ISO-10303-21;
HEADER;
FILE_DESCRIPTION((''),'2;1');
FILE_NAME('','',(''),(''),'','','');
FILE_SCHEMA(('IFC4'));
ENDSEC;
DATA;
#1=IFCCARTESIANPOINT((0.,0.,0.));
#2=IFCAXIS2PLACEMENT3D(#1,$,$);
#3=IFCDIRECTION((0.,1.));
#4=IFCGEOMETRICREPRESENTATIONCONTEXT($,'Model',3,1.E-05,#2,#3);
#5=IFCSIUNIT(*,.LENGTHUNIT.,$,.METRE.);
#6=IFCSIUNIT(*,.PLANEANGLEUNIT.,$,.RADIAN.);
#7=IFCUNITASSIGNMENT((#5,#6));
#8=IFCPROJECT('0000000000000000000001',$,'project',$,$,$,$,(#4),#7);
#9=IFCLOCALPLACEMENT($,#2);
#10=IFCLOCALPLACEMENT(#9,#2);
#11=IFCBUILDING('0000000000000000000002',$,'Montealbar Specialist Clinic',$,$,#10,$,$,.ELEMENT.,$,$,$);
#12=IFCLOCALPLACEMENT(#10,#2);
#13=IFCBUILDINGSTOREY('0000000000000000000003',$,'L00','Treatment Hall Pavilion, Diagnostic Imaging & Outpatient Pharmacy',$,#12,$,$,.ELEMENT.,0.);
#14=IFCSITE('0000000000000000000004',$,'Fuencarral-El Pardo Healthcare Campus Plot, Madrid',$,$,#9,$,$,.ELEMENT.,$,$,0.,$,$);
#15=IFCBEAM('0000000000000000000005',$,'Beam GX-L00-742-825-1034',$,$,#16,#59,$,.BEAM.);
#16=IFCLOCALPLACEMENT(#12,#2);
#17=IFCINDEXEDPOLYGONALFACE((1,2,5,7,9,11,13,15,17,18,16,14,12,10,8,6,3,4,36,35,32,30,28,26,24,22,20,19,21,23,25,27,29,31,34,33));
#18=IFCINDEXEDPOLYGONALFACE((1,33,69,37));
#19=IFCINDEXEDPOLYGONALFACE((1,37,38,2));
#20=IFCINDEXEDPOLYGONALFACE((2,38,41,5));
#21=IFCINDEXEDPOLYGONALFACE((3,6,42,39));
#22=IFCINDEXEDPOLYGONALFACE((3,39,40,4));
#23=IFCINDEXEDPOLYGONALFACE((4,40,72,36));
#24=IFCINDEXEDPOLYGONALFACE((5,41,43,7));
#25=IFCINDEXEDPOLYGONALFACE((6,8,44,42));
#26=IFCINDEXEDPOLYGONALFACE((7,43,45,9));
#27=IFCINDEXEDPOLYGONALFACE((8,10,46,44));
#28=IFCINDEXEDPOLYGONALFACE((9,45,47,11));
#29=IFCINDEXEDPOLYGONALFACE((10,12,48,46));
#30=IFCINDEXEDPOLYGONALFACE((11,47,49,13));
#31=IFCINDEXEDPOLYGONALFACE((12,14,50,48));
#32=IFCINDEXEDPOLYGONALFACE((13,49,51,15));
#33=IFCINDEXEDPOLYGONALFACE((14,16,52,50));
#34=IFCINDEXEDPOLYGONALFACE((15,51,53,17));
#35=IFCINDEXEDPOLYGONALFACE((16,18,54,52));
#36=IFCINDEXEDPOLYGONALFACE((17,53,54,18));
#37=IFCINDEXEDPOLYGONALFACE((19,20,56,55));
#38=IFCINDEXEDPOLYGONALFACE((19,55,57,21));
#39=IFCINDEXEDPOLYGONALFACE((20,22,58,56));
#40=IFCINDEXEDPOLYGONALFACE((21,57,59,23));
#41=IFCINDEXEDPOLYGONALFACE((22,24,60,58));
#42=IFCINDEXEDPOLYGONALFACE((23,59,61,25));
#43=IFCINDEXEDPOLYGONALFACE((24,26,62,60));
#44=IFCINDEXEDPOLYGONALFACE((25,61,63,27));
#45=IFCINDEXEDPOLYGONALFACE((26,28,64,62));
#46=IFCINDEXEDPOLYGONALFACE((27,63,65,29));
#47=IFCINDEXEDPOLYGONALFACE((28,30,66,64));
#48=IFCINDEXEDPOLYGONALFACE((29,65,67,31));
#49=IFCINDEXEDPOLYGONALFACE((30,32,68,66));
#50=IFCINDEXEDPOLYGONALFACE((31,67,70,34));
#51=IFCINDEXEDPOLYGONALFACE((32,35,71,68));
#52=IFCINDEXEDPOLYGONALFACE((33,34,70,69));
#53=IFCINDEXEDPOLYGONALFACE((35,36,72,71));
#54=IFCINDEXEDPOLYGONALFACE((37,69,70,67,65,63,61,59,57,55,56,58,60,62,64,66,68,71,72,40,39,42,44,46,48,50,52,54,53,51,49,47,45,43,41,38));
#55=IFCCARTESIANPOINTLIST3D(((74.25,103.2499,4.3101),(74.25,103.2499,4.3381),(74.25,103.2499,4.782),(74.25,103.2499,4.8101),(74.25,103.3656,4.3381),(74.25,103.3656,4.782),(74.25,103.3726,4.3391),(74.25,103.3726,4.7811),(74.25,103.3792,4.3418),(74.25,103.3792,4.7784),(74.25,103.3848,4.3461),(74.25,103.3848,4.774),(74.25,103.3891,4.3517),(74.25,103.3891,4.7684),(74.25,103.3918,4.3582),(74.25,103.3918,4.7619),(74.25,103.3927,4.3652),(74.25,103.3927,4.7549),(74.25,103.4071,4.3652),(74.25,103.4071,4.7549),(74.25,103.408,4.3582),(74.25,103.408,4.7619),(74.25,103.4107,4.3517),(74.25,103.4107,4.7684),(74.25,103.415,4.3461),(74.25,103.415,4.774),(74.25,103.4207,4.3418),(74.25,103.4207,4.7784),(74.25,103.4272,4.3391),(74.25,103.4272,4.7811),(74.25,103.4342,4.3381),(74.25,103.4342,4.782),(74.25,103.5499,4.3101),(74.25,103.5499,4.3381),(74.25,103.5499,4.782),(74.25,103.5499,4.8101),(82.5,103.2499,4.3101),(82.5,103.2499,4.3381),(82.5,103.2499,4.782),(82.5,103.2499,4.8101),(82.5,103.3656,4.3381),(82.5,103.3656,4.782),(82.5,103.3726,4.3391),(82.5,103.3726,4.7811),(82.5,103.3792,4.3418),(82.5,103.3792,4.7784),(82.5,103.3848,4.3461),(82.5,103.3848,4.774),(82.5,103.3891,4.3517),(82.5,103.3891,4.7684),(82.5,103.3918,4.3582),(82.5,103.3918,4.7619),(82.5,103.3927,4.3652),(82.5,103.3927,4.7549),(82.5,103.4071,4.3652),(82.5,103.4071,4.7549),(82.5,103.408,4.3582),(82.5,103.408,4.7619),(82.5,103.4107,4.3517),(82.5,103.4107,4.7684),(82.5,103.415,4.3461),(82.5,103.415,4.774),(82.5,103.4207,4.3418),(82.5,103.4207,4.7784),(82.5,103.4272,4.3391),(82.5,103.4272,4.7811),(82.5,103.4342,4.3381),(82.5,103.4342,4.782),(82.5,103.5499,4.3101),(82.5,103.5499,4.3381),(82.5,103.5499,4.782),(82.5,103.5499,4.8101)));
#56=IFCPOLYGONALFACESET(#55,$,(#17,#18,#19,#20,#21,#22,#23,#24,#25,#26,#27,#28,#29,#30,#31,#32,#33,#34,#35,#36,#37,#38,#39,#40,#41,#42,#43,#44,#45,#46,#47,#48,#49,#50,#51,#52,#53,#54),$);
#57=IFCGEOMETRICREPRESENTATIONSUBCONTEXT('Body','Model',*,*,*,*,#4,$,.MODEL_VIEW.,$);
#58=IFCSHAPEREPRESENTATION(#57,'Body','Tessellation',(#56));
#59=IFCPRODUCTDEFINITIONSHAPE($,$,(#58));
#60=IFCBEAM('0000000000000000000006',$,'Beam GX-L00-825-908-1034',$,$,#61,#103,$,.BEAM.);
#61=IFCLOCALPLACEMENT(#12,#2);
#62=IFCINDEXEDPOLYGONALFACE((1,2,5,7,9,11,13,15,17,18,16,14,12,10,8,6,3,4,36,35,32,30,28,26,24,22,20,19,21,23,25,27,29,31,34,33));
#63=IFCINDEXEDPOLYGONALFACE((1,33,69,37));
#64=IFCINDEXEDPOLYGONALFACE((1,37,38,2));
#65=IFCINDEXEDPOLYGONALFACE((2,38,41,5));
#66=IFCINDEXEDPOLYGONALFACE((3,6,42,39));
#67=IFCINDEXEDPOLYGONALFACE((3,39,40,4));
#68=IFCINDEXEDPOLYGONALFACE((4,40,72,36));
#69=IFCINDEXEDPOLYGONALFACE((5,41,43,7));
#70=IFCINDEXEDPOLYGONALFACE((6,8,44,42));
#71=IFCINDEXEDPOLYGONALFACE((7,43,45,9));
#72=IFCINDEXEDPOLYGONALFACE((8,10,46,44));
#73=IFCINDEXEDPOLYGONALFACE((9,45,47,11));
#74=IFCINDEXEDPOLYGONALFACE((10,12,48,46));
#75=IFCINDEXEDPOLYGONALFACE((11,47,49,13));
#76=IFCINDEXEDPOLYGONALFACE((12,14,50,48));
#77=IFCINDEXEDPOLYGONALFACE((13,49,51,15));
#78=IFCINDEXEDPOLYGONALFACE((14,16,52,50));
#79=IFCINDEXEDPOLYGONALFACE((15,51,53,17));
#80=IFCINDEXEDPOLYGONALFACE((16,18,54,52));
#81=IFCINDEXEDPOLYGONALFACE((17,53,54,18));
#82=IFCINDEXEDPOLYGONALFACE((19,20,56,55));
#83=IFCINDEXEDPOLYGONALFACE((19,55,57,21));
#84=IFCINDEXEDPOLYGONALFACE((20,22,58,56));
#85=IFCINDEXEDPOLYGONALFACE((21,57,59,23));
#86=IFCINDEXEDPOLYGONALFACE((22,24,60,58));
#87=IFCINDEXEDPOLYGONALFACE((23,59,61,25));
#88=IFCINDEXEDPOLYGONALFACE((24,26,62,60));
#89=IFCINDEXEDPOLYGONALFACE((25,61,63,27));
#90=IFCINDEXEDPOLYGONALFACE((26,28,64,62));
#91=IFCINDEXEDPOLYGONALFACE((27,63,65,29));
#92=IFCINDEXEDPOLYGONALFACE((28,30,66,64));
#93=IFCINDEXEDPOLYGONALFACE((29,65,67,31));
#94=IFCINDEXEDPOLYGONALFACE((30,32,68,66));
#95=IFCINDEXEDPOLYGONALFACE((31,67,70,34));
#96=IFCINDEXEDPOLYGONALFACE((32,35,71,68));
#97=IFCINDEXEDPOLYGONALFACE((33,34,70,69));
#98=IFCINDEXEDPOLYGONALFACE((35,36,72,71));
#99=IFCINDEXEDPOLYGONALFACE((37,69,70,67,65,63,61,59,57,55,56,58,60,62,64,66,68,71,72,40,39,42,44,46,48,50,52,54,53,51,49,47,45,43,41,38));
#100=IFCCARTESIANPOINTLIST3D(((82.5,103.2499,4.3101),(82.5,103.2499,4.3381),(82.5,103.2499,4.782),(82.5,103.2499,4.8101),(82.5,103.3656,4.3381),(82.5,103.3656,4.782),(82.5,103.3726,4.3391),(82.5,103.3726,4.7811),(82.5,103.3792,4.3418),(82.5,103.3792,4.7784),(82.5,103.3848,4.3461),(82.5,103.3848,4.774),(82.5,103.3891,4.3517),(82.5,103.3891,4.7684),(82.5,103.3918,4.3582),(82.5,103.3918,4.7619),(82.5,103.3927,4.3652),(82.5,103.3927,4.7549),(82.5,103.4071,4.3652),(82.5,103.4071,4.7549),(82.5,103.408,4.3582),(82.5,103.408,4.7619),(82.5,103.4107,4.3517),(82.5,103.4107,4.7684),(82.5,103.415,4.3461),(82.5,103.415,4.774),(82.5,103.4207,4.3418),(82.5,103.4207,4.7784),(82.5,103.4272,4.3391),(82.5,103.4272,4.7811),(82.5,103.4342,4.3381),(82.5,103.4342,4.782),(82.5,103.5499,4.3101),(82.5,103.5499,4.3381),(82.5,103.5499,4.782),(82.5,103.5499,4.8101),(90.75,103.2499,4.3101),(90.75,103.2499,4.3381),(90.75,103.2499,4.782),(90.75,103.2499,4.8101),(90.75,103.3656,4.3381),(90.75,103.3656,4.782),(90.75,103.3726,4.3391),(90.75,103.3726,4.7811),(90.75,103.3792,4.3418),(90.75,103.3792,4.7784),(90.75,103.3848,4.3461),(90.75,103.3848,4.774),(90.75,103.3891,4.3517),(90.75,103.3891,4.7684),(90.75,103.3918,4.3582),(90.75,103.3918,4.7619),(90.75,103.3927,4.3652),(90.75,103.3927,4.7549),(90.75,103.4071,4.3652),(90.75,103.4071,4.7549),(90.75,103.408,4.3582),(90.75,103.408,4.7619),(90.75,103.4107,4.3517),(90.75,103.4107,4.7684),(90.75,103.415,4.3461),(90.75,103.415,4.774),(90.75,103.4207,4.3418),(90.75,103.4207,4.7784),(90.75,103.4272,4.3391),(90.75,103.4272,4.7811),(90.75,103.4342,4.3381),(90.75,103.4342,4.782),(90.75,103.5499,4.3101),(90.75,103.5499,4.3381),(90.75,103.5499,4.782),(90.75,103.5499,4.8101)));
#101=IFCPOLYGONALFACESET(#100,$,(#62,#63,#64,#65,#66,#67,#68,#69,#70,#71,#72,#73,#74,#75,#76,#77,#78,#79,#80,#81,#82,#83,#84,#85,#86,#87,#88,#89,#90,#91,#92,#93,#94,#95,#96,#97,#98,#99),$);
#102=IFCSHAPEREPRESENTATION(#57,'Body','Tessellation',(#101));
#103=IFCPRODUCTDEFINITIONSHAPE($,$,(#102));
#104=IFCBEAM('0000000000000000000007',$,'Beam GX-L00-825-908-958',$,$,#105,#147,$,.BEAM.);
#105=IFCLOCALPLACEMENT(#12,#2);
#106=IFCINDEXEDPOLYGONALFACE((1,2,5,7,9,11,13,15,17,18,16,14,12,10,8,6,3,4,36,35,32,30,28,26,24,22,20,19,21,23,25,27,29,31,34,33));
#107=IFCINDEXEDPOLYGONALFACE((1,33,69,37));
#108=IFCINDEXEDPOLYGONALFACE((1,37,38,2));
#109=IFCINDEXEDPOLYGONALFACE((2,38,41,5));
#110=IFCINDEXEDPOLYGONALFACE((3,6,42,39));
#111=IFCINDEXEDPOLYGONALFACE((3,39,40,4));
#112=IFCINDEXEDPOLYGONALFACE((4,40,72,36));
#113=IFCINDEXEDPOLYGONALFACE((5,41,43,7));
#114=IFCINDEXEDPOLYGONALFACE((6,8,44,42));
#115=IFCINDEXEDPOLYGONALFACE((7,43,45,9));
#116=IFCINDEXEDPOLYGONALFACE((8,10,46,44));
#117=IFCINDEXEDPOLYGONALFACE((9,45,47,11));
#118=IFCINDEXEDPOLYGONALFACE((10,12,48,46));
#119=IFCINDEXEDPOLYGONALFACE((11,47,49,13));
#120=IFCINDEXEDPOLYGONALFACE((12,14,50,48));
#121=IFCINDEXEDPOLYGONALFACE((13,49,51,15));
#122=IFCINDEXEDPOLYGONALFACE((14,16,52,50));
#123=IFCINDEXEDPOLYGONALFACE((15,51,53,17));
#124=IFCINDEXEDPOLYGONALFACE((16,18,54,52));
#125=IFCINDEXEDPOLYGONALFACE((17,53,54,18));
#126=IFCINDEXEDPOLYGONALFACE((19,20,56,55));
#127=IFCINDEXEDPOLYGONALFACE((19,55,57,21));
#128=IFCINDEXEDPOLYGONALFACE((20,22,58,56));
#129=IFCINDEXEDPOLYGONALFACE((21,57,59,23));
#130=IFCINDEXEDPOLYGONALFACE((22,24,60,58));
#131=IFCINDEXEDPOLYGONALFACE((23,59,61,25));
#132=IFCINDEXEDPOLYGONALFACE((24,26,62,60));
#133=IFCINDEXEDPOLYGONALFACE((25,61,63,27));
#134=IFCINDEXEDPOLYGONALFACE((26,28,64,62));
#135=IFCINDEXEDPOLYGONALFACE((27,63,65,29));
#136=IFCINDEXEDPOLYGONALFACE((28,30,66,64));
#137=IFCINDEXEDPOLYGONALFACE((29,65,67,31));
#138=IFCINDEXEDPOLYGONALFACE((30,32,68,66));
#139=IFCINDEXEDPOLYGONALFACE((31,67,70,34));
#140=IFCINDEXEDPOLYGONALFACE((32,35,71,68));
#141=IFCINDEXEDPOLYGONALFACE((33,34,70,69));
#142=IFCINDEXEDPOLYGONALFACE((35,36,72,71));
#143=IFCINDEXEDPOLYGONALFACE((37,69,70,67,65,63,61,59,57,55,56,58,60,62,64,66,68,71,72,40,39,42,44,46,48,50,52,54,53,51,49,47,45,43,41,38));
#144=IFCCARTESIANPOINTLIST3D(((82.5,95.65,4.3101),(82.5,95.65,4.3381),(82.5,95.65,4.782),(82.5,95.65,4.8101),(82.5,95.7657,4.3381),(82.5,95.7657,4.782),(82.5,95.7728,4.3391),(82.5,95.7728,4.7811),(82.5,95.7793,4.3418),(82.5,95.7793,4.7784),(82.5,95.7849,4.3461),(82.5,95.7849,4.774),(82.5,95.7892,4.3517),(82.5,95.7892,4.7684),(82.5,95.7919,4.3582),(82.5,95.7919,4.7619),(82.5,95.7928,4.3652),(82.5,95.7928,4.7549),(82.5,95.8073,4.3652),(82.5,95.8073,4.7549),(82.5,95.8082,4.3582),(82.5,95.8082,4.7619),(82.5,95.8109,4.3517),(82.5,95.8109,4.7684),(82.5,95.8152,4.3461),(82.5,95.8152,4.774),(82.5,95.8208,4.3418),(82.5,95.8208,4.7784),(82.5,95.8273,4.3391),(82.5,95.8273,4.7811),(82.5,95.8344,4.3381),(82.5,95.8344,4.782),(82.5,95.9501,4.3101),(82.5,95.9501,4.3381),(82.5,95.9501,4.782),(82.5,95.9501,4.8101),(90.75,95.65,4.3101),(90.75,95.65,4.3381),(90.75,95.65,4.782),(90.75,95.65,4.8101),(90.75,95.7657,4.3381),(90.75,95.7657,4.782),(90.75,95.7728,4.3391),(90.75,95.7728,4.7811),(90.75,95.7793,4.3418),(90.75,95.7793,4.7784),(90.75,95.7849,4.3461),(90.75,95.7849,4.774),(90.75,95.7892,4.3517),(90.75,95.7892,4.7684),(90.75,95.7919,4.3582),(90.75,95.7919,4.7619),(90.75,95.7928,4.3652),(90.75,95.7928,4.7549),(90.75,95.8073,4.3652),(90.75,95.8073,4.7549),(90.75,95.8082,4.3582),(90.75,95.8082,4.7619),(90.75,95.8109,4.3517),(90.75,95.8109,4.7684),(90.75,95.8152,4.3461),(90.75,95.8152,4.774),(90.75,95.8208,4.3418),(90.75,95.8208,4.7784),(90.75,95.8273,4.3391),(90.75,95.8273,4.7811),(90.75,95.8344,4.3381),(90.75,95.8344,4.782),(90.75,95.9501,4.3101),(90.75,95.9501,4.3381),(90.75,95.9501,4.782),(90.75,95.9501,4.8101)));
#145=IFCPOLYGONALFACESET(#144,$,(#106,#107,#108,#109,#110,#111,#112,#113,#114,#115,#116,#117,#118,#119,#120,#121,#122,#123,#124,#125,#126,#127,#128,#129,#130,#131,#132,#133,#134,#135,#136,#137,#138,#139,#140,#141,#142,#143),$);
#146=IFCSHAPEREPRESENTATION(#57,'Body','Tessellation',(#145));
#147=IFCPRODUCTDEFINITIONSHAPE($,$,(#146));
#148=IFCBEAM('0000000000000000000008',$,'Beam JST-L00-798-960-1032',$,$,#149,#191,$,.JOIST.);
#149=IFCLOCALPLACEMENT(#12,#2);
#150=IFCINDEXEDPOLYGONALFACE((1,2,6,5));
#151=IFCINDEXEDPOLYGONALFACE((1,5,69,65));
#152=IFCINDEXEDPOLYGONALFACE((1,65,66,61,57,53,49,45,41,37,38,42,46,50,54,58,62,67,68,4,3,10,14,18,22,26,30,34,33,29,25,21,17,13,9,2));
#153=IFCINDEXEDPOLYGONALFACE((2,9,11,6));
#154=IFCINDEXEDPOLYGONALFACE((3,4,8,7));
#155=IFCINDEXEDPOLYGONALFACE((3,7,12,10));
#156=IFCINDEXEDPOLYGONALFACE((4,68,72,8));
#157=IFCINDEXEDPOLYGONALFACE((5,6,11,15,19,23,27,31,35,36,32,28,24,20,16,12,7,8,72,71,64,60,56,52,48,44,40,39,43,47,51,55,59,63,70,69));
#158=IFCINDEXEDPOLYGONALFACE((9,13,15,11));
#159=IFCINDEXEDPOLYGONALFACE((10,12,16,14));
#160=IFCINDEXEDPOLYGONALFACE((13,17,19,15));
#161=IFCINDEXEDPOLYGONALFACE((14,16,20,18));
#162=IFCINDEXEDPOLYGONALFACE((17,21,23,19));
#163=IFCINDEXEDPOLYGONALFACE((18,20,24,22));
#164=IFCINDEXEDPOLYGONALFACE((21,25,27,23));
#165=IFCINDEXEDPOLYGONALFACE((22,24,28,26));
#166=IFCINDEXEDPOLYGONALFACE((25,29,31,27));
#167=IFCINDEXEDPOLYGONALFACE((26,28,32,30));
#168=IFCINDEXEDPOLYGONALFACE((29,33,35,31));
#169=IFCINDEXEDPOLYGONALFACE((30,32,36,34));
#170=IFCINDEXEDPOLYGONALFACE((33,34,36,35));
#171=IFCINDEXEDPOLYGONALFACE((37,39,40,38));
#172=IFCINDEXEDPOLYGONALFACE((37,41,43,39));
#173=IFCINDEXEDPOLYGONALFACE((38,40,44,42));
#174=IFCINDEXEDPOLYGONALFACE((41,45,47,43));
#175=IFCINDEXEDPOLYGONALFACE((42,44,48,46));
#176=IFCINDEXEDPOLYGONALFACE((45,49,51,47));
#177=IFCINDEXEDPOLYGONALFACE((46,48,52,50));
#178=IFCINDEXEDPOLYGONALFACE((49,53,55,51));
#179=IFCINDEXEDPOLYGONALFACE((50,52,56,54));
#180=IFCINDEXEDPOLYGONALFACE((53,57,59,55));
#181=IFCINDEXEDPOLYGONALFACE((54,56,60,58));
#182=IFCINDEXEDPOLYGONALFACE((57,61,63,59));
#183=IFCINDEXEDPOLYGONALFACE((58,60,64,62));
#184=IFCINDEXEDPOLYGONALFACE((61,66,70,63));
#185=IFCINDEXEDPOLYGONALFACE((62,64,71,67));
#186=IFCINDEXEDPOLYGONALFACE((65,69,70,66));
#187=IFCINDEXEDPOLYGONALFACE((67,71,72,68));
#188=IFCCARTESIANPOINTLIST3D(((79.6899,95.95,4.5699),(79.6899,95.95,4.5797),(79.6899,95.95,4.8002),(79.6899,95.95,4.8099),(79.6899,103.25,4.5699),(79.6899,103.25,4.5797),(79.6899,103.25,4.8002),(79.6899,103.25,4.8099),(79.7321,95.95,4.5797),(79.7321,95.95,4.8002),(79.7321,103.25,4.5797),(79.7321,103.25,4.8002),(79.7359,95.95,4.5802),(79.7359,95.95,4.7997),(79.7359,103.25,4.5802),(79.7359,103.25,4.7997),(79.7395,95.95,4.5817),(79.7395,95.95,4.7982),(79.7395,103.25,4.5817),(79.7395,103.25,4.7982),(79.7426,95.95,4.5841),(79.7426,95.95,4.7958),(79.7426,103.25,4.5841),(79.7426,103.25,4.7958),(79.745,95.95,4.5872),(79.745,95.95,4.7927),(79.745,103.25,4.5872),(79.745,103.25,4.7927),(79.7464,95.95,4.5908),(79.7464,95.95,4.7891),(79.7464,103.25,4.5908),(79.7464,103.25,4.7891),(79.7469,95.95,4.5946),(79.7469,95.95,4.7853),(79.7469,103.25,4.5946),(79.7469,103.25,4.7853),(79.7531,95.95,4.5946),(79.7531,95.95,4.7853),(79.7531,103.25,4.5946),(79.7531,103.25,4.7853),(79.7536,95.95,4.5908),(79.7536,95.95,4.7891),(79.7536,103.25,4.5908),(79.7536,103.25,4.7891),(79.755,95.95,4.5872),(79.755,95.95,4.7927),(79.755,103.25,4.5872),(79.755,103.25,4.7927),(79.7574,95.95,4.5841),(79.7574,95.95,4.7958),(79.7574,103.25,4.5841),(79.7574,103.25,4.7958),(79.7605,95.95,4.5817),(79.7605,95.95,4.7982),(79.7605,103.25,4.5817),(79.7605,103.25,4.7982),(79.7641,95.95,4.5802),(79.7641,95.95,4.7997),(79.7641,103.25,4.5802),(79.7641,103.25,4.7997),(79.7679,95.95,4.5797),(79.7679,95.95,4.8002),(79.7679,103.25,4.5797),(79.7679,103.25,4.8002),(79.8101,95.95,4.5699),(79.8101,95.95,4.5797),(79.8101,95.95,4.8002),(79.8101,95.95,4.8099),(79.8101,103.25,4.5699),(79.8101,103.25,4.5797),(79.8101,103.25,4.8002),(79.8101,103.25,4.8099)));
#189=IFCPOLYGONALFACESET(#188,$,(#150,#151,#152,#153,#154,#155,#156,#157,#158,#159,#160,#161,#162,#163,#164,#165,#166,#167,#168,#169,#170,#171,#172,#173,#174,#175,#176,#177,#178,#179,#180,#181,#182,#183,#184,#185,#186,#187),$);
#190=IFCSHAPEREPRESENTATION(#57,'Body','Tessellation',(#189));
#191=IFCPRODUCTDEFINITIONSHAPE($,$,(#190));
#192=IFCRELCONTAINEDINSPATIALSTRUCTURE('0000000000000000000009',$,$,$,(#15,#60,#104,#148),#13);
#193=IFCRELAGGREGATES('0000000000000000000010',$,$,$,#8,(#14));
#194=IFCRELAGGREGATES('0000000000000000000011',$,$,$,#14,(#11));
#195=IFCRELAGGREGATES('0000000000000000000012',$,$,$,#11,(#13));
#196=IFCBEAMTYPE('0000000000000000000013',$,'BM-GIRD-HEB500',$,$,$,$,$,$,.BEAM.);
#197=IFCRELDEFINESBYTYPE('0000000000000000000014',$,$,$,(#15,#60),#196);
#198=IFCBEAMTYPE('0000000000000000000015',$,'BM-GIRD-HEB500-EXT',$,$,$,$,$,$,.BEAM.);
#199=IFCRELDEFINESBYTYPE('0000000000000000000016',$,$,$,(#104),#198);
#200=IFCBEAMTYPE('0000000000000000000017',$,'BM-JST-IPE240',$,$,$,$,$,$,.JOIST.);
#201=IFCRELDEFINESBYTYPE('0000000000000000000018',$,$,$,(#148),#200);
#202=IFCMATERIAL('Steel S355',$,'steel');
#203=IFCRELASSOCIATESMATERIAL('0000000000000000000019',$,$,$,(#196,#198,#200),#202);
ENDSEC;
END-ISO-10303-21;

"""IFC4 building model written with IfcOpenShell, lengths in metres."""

from ifc_helpers import new_model, si_unit, direction, frame, origin, origin_2d, place, context, subcontext, project, spatial, i_section, extrude, material, material_profile, profile_set, type_object, element, save


model = new_model("IFC4")

# Units and contexts
model_context = context("Model", 3, precision=1e-05, world=origin(), true_north=direction((0.0, 1.0)))
body_context = subcontext(model_context, "Body", "Model", "MODEL_VIEW")
ifc_project = project(units=[si_unit("LENGTHUNIT", "METRE"), si_unit("PLANEANGLEUNIT", "RADIAN")], contexts=[model_context])

# Site, building, storey
site_placement = place(None, origin())
site = spatial("IfcSite", under=ifc_project, at=site_placement, Name="Fuencarral-El Pardo Healthcare Campus Plot, Madrid", CompositionType="ELEMENT", RefElevation=0.0)
building_placement = place(site_placement, origin())
building = spatial("IfcBuilding", under=site, at=building_placement, Name="Montealbar Specialist Clinic", CompositionType="ELEMENT")
storey_placement = place(building_placement, origin())
storey = spatial("IfcBuildingStorey", under=building, at=storey_placement, Name="L00", Description="Treatment Hall Pavilion, Diagnostic Imaging & Outpatient Pharmacy", CompositionType="ELEMENT", Elevation=0.0)

# Shared definitions
ifc_material_1 = material(Name="Steel S355", Category="steel")

# Beams
ifc_material_profile_1 = material_profile(ifc_material_1, i_section(OverallWidth=0.3, OverallDepth=0.5, WebThickness=0.0144, FlangeThickness=0.0281, FilletRadius=0.0271, at=origin_2d()), Name="HEB 500", Category="steel")
ifc_profile_set_1 = profile_set([ifc_material_profile_1], Name="Steel S355")
beam_type_1 = type_object("IfcBeamType", Name="BM-GIRD-HEB500", PredefinedType="BEAM", material=ifc_profile_set_1)
for number, where, z_axis, x_axis, name in (
    (1, (74.25, 103.3999, 4.5601), (1.0, 0.0, 0.0), (0.0, 1.0, 0.0), "Beam GX-L00-742-825-1034"),
    (2, (82.5, 103.3999, 4.5601), (1.0, 0.0, 0.0), (0.0, 1.0, 0.0), "Beam GX-L00-825-908-1034"),
):
    element("IfcBeam", number, at=place(storey_placement, frame(where, z_axis=z_axis, x_axis=x_axis)), inside=storey, type_object=beam_type_1, Name=name, PredefinedType="BEAM", context=body_context, shape_type="SweptSolid", body=[
        extrude(i_section(OverallWidth=0.3, OverallDepth=0.5, WebThickness=0.0144, FlangeThickness=0.0281, FilletRadius=0.0271, at=origin_2d()), origin(), (0.0, 0.0, 1.0), 8.25),
    ])
ifc_material_profile_2 = material_profile(ifc_material_1, i_section(OverallWidth=0.3, OverallDepth=0.5, WebThickness=0.0144, FlangeThickness=0.0281, FilletRadius=0.0271, at=origin_2d()), Name="HEB 500", Category="steel")
ifc_profile_set_2 = profile_set([ifc_material_profile_2], Name="Steel S355")
beam_type_2 = type_object("IfcBeamType", Name="BM-GIRD-HEB500-EXT", PredefinedType="BEAM", material=ifc_profile_set_2)
beam_1_placement = place(storey_placement, frame((82.5, 95.8, 4.5601), z_axis=(1.0, 0.0, 0.0), x_axis=(0.0, 1.0, 0.0)))
element("IfcBeam", 3, at=beam_1_placement, inside=storey, type_object=beam_type_2, Name="Beam GX-L00-825-908-958", PredefinedType="BEAM", context=body_context, shape_type="SweptSolid", body=[
    extrude(i_section(OverallWidth=0.3, OverallDepth=0.5, WebThickness=0.0144, FlangeThickness=0.0281, FilletRadius=0.0271, at=origin_2d()), origin(), (0.0, 0.0, 1.0), 8.25),
])
ifc_material_profile_3 = material_profile(ifc_material_1, i_section(OverallWidth=0.1201, OverallDepth=0.24, WebThickness=0.0061, FlangeThickness=0.0098, FilletRadius=0.0149, at=origin_2d()), Name="IPE 240", Category="steel")
ifc_profile_set_3 = profile_set([ifc_material_profile_3], Name="Steel S355")
beam_type_3 = type_object("IfcBeamType", Name="BM-JST-IPE240", PredefinedType="JOIST", material=ifc_profile_set_3)
beam_2_placement = place(storey_placement, frame((79.75, 95.95, 4.6899), z_axis=(0.0, 1.0, 0.0), x_axis=(-1.0, 0.0, 0.0)))
element("IfcBeam", 4, at=beam_2_placement, inside=storey, type_object=beam_type_3, Name="Beam JST-L00-798-960-1032", PredefinedType="JOIST", context=body_context, shape_type="SweptSolid", body=[
    extrude(i_section(OverallWidth=0.1201, OverallDepth=0.24, WebThickness=0.0061, FlangeThickness=0.0098, FilletRadius=0.0149, at=origin_2d()), origin(), (0.0, 0.0, 1.0), 7.3),
])

save(model, "model.ifc")
